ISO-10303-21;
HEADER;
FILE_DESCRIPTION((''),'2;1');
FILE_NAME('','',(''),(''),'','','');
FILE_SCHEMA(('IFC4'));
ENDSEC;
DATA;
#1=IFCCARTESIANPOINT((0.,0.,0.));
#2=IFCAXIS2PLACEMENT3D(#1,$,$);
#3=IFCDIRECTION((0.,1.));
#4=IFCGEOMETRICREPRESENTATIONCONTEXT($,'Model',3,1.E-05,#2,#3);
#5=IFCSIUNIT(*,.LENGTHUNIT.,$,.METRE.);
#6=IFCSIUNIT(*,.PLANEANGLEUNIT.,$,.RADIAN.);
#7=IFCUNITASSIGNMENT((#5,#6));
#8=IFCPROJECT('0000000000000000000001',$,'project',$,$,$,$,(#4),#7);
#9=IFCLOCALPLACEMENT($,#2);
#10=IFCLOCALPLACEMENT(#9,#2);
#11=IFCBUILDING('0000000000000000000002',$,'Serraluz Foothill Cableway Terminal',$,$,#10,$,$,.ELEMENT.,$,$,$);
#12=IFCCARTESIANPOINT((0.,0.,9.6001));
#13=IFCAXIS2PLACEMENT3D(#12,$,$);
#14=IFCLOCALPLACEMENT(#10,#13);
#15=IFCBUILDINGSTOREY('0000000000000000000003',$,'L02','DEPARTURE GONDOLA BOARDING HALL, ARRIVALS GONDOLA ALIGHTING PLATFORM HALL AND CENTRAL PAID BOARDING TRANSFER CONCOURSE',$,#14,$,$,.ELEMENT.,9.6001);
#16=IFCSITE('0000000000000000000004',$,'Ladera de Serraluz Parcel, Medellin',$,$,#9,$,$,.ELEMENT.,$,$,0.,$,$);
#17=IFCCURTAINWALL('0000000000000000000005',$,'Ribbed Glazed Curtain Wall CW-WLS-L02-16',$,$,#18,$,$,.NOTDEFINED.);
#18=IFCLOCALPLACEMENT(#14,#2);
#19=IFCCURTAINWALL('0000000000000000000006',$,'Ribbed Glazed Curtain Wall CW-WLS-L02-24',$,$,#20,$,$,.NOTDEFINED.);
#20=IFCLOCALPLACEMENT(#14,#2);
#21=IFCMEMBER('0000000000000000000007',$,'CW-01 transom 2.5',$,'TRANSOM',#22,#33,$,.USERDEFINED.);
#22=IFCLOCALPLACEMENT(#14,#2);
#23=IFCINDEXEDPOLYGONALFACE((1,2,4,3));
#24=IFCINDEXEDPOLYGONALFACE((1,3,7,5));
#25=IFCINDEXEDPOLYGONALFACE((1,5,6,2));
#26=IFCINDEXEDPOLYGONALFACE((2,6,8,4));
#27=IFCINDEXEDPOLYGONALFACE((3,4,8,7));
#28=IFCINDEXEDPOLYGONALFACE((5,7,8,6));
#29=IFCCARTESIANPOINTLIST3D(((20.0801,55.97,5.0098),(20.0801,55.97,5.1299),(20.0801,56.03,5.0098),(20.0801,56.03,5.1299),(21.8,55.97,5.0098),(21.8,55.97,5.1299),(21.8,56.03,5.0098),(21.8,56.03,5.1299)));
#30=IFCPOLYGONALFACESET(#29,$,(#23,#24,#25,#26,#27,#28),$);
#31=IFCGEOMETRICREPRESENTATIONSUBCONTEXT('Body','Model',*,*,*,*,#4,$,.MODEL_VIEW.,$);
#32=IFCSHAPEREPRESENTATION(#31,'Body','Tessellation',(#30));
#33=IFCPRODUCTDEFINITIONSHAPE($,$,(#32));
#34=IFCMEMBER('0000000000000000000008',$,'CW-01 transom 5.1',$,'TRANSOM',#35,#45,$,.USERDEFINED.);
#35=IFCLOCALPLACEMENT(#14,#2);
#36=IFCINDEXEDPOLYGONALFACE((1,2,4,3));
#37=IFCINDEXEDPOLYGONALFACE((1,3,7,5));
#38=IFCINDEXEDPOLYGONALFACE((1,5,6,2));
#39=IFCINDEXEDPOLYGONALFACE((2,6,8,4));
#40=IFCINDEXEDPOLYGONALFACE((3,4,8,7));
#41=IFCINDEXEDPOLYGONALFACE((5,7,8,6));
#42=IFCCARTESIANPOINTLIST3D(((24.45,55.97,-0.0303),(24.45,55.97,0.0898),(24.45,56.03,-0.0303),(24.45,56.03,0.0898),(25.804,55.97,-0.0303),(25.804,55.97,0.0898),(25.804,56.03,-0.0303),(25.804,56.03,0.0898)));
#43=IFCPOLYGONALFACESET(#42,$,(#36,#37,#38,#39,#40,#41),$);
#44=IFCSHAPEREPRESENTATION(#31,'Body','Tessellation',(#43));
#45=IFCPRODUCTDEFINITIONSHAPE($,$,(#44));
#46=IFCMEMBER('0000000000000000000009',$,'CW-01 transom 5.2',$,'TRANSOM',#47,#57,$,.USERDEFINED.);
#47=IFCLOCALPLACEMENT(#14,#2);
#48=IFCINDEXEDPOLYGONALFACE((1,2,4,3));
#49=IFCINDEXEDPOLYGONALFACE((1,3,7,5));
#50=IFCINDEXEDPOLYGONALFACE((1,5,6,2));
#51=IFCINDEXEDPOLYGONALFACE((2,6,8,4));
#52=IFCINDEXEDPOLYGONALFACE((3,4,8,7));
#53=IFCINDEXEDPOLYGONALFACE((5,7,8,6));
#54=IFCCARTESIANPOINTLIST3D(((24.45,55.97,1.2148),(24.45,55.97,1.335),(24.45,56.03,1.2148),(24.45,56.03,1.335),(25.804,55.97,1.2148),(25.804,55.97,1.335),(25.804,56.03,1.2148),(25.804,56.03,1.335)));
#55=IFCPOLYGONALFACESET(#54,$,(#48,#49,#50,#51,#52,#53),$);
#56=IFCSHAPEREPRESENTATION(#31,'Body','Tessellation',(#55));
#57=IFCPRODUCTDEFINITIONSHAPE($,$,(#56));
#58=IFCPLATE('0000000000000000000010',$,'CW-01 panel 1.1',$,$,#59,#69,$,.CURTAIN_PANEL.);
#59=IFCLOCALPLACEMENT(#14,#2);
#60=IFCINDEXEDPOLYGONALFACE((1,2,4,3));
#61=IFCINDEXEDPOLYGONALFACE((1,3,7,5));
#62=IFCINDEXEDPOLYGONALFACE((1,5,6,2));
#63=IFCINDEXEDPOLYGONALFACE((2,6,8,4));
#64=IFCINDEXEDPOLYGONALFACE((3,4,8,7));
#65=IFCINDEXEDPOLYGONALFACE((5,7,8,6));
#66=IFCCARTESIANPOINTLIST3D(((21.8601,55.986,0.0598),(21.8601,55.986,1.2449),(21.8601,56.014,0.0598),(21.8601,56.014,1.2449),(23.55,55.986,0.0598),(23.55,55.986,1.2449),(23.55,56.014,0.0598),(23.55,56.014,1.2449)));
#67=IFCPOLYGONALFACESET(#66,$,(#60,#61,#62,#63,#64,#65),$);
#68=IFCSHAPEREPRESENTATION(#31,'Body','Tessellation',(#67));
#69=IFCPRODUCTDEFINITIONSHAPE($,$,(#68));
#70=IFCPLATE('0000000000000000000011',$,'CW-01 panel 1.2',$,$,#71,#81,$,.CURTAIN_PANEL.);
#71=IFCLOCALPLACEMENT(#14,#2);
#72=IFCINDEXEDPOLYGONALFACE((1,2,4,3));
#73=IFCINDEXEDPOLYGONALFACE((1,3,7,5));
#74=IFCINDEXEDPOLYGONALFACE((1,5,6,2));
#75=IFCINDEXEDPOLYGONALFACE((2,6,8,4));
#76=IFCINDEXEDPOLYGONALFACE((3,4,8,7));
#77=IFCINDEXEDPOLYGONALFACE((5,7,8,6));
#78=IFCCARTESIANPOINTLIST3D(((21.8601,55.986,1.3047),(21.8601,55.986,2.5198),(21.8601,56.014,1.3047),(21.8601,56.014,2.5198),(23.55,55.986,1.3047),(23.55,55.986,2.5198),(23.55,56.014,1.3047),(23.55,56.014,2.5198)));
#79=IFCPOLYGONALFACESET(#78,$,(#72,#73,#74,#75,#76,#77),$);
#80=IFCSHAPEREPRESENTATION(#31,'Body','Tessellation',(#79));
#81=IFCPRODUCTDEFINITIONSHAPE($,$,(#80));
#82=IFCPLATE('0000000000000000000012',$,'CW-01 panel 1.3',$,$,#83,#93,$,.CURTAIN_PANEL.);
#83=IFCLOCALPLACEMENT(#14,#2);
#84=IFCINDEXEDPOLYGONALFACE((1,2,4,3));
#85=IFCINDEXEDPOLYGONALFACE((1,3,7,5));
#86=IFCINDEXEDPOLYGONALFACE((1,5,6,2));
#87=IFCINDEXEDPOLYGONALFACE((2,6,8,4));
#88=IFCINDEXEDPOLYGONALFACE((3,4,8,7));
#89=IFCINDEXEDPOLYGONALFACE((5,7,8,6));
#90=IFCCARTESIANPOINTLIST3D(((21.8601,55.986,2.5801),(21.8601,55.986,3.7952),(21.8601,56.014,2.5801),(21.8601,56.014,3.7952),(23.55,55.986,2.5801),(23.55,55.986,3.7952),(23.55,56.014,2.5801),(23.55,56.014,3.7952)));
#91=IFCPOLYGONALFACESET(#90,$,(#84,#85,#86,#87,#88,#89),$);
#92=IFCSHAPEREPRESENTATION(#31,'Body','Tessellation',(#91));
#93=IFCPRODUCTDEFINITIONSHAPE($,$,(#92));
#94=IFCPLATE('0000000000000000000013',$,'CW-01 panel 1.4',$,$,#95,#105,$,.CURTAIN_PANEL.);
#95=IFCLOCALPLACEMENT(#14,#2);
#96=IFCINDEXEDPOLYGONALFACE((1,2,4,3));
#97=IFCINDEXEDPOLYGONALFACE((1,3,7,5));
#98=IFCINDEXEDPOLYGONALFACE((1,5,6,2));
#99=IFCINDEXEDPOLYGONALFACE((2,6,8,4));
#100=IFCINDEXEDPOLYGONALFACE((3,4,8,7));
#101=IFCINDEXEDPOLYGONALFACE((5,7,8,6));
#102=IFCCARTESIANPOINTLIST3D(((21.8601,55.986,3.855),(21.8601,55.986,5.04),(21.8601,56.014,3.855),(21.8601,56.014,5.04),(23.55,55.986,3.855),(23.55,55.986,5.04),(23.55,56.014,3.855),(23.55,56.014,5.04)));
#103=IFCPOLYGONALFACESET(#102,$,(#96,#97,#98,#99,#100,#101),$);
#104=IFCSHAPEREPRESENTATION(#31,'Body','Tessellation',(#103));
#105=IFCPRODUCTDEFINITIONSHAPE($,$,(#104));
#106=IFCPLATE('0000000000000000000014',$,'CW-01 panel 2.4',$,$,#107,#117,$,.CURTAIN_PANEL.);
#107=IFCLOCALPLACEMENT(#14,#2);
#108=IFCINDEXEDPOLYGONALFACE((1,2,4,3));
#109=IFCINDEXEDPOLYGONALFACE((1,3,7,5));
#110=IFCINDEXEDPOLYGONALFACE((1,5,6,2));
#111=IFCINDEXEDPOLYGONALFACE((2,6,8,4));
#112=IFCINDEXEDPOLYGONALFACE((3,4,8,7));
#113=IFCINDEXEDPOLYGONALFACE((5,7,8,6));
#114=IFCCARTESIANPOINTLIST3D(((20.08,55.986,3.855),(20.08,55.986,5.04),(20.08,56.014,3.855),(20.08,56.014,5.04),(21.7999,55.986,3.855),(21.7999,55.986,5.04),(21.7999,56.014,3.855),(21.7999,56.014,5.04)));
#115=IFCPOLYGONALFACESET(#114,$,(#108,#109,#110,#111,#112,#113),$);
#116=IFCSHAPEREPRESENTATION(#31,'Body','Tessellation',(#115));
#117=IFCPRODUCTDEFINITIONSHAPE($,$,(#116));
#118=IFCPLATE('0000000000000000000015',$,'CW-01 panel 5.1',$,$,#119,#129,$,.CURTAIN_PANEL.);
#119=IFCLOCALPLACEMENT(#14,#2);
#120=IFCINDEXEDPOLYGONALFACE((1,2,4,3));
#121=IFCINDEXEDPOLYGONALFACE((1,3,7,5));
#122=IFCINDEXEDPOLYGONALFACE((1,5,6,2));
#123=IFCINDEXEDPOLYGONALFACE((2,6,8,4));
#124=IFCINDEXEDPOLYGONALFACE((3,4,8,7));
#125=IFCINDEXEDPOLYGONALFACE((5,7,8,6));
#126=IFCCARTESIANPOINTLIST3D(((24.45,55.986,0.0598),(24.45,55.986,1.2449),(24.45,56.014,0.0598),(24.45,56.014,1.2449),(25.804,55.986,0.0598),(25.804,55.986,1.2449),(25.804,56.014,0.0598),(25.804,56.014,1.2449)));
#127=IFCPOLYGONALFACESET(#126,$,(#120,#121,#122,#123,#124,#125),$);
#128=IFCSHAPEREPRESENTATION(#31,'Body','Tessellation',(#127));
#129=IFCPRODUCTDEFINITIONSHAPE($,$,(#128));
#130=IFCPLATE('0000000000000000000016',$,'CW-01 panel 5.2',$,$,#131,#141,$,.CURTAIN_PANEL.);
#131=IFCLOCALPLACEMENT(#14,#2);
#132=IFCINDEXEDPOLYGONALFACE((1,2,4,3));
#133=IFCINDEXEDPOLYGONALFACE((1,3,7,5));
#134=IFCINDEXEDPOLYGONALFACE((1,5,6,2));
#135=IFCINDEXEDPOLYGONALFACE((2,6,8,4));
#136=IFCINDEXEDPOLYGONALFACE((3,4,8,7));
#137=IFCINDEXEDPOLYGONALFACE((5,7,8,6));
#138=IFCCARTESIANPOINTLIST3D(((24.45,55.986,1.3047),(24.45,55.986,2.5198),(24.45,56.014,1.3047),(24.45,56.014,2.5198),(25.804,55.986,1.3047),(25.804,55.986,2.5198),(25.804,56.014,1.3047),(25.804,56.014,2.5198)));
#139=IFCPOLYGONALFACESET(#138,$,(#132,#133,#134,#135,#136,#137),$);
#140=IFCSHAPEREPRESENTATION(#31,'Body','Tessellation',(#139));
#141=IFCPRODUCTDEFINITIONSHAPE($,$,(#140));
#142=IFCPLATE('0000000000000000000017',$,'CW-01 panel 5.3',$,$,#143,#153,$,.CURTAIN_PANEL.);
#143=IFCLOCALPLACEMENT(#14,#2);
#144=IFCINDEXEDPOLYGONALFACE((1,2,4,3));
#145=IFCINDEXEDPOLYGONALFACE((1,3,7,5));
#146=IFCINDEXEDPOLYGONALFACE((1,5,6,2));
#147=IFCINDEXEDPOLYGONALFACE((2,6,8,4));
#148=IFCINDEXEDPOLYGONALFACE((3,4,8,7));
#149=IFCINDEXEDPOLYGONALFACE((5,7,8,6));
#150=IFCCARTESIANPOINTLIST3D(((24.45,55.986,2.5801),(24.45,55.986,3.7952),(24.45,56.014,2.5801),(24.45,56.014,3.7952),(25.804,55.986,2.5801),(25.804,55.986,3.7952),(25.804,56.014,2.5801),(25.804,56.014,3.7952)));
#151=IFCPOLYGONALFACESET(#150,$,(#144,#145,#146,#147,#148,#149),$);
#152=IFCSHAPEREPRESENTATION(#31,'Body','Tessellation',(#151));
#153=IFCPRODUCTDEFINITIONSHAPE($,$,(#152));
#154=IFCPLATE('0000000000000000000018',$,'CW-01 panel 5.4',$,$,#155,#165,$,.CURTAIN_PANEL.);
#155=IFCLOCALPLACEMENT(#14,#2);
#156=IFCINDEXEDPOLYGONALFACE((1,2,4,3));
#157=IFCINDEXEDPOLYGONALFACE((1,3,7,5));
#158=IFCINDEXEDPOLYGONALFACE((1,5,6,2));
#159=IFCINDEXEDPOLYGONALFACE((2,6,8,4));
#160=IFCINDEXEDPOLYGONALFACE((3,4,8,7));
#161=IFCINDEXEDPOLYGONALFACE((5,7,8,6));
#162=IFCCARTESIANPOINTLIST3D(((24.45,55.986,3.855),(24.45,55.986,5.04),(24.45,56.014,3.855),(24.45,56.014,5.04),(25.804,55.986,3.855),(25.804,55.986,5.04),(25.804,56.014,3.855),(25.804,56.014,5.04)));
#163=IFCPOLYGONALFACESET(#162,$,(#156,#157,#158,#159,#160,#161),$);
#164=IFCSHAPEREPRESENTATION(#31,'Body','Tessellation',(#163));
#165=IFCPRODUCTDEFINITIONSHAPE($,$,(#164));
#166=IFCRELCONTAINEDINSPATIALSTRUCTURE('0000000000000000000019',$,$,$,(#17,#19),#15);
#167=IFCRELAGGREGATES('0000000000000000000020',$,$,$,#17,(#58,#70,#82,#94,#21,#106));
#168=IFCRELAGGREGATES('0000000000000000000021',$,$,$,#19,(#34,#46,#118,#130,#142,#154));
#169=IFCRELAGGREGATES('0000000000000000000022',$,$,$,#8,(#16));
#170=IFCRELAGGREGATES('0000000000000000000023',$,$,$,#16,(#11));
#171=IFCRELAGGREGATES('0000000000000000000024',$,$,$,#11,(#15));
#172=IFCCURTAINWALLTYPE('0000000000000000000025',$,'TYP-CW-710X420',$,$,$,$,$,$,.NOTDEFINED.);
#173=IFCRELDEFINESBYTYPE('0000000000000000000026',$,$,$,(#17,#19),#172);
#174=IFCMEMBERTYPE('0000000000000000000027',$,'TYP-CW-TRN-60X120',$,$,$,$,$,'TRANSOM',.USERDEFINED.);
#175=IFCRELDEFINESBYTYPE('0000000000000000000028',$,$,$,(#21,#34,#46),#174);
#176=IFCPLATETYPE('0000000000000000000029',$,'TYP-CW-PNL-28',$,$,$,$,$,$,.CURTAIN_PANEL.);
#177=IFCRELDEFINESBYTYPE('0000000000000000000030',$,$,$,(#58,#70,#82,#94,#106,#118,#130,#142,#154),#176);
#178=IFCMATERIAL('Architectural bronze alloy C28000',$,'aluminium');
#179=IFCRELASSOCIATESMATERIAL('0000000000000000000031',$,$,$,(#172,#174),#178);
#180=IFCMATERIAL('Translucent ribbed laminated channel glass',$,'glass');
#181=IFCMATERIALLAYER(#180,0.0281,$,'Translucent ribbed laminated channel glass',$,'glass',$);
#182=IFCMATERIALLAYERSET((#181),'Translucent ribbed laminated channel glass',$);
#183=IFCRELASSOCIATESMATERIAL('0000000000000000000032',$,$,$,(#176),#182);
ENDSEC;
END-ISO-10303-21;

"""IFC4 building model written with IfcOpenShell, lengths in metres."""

from ifc_helpers import new_model, si_unit, direction, frame, origin, origin_2d, place, context, subcontext, project, spatial, rectangle, extrude, material, layer, layer_set, material_profile, profile_set, type_object, element, aggregate, save


model = new_model("IFC4")

# Units and contexts
model_context = context("Model", 3, precision=1e-05, world=origin(), true_north=direction((0.0, 1.0)))
body_context = subcontext(model_context, "Body", "Model", "MODEL_VIEW")
ifc_project = project(units=[si_unit("LENGTHUNIT", "METRE"), si_unit("PLANEANGLEUNIT", "RADIAN")], contexts=[model_context])

# Site, building, storey
site_placement = place(None, origin())
site = spatial("IfcSite", under=ifc_project, at=site_placement, Name="Ladera de Serraluz Parcel, Medellin", CompositionType="ELEMENT", RefElevation=0.0)
building_placement = place(site_placement, origin())
building = spatial("IfcBuilding", under=site, at=building_placement, Name="Serraluz Foothill Cableway Terminal", CompositionType="ELEMENT")
storey_placement = place(building_placement, frame((0.0, 0.0, 9.6001)))
storey = spatial("IfcBuildingStorey", under=building, at=storey_placement, Name="L02", Description="DEPARTURE GONDOLA BOARDING HALL, ARRIVALS GONDOLA ALIGHTING PLATFORM HALL AND CENTRAL PAID BOARDING TRANSFER CONCOURSE", CompositionType="ELEMENT", Elevation=9.6001)

# Curtain wall
ifc_material_1 = material(Name="Architectural bronze alloy C28000", Category="aluminium")
curtain_wall_type = type_object("IfcCurtainWallType", Name="TYP-CW-710X420", PredefinedType="NOTDEFINED", material=ifc_material_1)
curtain_wall_1_placement = place(storey_placement, origin())
curtain_wall_1 = element("IfcCurtainWall", 1, at=curtain_wall_1_placement, inside=storey, type_object=curtain_wall_type, Name="Ribbed Glazed Curtain Wall CW-WLS-L02-16", PredefinedType="NOTDEFINED")

# Curtain wall
curtain_wall_2_placement = place(storey_placement, origin())
curtain_wall_2 = element("IfcCurtainWall", 2, at=curtain_wall_2_placement, inside=storey, type_object=curtain_wall_type, Name="Ribbed Glazed Curtain Wall CW-WLS-L02-24", PredefinedType="NOTDEFINED")

# Members
ifc_material_profile_1 = material_profile(ifc_material_1, rectangle(XDim=0.0601, YDim=0.1201, at=origin_2d()), Name="ALU TRANSOM 60x120")
ifc_profile_set_1 = profile_set([ifc_material_profile_1], Name="Architectural bronze alloy C28000")
member_type_1 = type_object("IfcMemberType", Name="TYP-CW-TRN-60X120", ElementType="TRANSOM", PredefinedType="USERDEFINED", material=ifc_profile_set_1)
member_1_placement = place(storey_placement, frame((21.8, 56.0, 5.0698), z_axis=(-1.0, 0.0, 0.0), x_axis=(0.0, -1.0, 0.0)))
member_1 = element("IfcMember", 3, at=member_1_placement, type_object=member_type_1, Name="CW-01 transom 2.5", ObjectType="TRANSOM", PredefinedType="USERDEFINED", context=body_context, shape_type="SweptSolid", body=[
    extrude(rectangle(XDim=0.0601, YDim=0.1201, at=origin_2d()), origin(), (0.0, 0.0, 1.0), 1.72),
])
member_2_placement = place(storey_placement, frame((25.804, 56.0, 0.0298), z_axis=(-1.0, 0.0, 0.0), x_axis=(0.0, -1.0, 0.0)))
member_2 = element("IfcMember", 4, at=member_2_placement, type_object=member_type_1, Name="CW-01 transom 5.1", ObjectType="TRANSOM", PredefinedType="USERDEFINED", context=body_context, shape_type="SweptSolid", body=[
    extrude(rectangle(XDim=0.0601, YDim=0.1201, at=origin_2d()), origin(), (0.0, 0.0, 1.0), 1.354),
])
member_3_placement = place(storey_placement, frame((25.804, 56.0, 1.2749), z_axis=(-1.0, 0.0, 0.0), x_axis=(0.0, -1.0, 0.0)))
member_3 = element("IfcMember", 5, at=member_3_placement, type_object=member_type_1, Name="CW-01 transom 5.2", ObjectType="TRANSOM", PredefinedType="USERDEFINED", context=body_context, shape_type="SweptSolid", body=[
    extrude(rectangle(XDim=0.0601, YDim=0.1201, at=origin_2d()), origin(), (0.0, 0.0, 1.0), 1.354),
])

# Plates
ifc_material_2 = material(Name="Translucent ribbed laminated channel glass", Category="glass")
ifc_layer = layer(ifc_material_2, 0.0281, Name="Translucent ribbed laminated channel glass", Category="glass")
ifc_layer_set = layer_set([ifc_layer], Name="Translucent ribbed laminated channel glass")
plate_type = type_object("IfcPlateType", Name="TYP-CW-PNL-28", PredefinedType="CURTAIN_PANEL", material=ifc_layer_set)
plate_1_placement = place(storey_placement, frame((22.7051, 56.0, 0.0598), z_axis=(0.0, 0.0, 1.0), x_axis=(-1.0, 0.0, 0.0)))
plate_1 = element("IfcPlate", 6, at=plate_1_placement, type_object=plate_type, Name="CW-01 panel 1.1", PredefinedType="CURTAIN_PANEL", context=body_context, shape_type="SweptSolid", body=[
    extrude(rectangle(XDim=1.6899, YDim=0.0281, at=origin_2d()), origin(), (0.0, 0.0, 1.0), 1.1851),
])
plate_2_placement = place(storey_placement, frame((22.7051, 56.0, 1.3047), z_axis=(0.0, 0.0, 1.0), x_axis=(-1.0, 0.0, 0.0)))
plate_2 = element("IfcPlate", 7, at=plate_2_placement, type_object=plate_type, Name="CW-01 panel 1.2", PredefinedType="CURTAIN_PANEL", context=body_context, shape_type="SweptSolid", body=[
    extrude(rectangle(XDim=1.6899, YDim=0.0281, at=origin_2d()), origin(), (0.0, 0.0, 1.0), 1.2151),
])
plate_3_placement = place(storey_placement, frame((22.7051, 56.0, 2.5801), z_axis=(0.0, 0.0, 1.0), x_axis=(-1.0, 0.0, 0.0)))
plate_3 = element("IfcPlate", 8, at=plate_3_placement, type_object=plate_type, Name="CW-01 panel 1.3", PredefinedType="CURTAIN_PANEL", context=body_context, shape_type="SweptSolid", body=[
    extrude(rectangle(XDim=1.6899, YDim=0.0281, at=origin_2d()), origin(), (0.0, 0.0, 1.0), 1.2151),
])
plate_4_placement = place(storey_placement, frame((22.7051, 56.0, 3.855), z_axis=(0.0, 0.0, 1.0), x_axis=(-1.0, 0.0, 0.0)))
plate_4 = element("IfcPlate", 9, at=plate_4_placement, type_object=plate_type, Name="CW-01 panel 1.4", PredefinedType="CURTAIN_PANEL", context=body_context, shape_type="SweptSolid", body=[
    extrude(rectangle(XDim=1.6899, YDim=0.0281, at=origin_2d()), origin(), (0.0, 0.0, 1.0), 1.1851),
])
plate_5_placement = place(storey_placement, frame((20.9399, 56.0, 3.855), z_axis=(0.0, 0.0, 1.0), x_axis=(-1.0, 0.0, 0.0)))
plate_5 = element("IfcPlate", 10, at=plate_5_placement, type_object=plate_type, Name="CW-01 panel 2.4", PredefinedType="CURTAIN_PANEL", context=body_context, shape_type="SweptSolid", body=[
    extrude(rectangle(XDim=1.72, YDim=0.0281, at=origin_2d()), origin(), (0.0, 0.0, 1.0), 1.1851),
])
aggregate(curtain_wall_1, [plate_1, plate_2, plate_3, plate_4, member_1, plate_5])
plate_6_placement = place(storey_placement, frame((25.127, 56.0, 0.0598), z_axis=(0.0, 0.0, 1.0), x_axis=(-1.0, 0.0, 0.0)))
plate_6 = element("IfcPlate", 11, at=plate_6_placement, type_object=plate_type, Name="CW-01 panel 5.1", PredefinedType="CURTAIN_PANEL", context=body_context, shape_type="SweptSolid", body=[
    extrude(rectangle(XDim=1.354, YDim=0.0281, at=origin_2d()), origin(), (0.0, 0.0, 1.0), 1.1851),
])
plate_7_placement = place(storey_placement, frame((25.127, 56.0, 1.3047), z_axis=(0.0, 0.0, 1.0), x_axis=(-1.0, 0.0, 0.0)))
plate_7 = element("IfcPlate", 12, at=plate_7_placement, type_object=plate_type, Name="CW-01 panel 5.2", PredefinedType="CURTAIN_PANEL", context=body_context, shape_type="SweptSolid", body=[
    extrude(rectangle(XDim=1.354, YDim=0.0281, at=origin_2d()), origin(), (0.0, 0.0, 1.0), 1.2151),
])
plate_8_placement = place(storey_placement, frame((25.127, 56.0, 2.5801), z_axis=(0.0, 0.0, 1.0), x_axis=(-1.0, 0.0, 0.0)))
plate_8 = element("IfcPlate", 13, at=plate_8_placement, type_object=plate_type, Name="CW-01 panel 5.3", PredefinedType="CURTAIN_PANEL", context=body_context, shape_type="SweptSolid", body=[
    extrude(rectangle(XDim=1.354, YDim=0.0281, at=origin_2d()), origin(), (0.0, 0.0, 1.0), 1.2151),
])
plate_9_placement = place(storey_placement, frame((25.127, 56.0, 3.855), z_axis=(0.0, 0.0, 1.0), x_axis=(-1.0, 0.0, 0.0)))
plate_9 = element("IfcPlate", 14, at=plate_9_placement, type_object=plate_type, Name="CW-01 panel 5.4", PredefinedType="CURTAIN_PANEL", context=body_context, shape_type="SweptSolid", body=[
    extrude(rectangle(XDim=1.354, YDim=0.0281, at=origin_2d()), origin(), (0.0, 0.0, 1.0), 1.1851),
])
aggregate(curtain_wall_2, [member_2, member_3, plate_6, plate_7, plate_8, plate_9])

save(model, "model.ifc")
